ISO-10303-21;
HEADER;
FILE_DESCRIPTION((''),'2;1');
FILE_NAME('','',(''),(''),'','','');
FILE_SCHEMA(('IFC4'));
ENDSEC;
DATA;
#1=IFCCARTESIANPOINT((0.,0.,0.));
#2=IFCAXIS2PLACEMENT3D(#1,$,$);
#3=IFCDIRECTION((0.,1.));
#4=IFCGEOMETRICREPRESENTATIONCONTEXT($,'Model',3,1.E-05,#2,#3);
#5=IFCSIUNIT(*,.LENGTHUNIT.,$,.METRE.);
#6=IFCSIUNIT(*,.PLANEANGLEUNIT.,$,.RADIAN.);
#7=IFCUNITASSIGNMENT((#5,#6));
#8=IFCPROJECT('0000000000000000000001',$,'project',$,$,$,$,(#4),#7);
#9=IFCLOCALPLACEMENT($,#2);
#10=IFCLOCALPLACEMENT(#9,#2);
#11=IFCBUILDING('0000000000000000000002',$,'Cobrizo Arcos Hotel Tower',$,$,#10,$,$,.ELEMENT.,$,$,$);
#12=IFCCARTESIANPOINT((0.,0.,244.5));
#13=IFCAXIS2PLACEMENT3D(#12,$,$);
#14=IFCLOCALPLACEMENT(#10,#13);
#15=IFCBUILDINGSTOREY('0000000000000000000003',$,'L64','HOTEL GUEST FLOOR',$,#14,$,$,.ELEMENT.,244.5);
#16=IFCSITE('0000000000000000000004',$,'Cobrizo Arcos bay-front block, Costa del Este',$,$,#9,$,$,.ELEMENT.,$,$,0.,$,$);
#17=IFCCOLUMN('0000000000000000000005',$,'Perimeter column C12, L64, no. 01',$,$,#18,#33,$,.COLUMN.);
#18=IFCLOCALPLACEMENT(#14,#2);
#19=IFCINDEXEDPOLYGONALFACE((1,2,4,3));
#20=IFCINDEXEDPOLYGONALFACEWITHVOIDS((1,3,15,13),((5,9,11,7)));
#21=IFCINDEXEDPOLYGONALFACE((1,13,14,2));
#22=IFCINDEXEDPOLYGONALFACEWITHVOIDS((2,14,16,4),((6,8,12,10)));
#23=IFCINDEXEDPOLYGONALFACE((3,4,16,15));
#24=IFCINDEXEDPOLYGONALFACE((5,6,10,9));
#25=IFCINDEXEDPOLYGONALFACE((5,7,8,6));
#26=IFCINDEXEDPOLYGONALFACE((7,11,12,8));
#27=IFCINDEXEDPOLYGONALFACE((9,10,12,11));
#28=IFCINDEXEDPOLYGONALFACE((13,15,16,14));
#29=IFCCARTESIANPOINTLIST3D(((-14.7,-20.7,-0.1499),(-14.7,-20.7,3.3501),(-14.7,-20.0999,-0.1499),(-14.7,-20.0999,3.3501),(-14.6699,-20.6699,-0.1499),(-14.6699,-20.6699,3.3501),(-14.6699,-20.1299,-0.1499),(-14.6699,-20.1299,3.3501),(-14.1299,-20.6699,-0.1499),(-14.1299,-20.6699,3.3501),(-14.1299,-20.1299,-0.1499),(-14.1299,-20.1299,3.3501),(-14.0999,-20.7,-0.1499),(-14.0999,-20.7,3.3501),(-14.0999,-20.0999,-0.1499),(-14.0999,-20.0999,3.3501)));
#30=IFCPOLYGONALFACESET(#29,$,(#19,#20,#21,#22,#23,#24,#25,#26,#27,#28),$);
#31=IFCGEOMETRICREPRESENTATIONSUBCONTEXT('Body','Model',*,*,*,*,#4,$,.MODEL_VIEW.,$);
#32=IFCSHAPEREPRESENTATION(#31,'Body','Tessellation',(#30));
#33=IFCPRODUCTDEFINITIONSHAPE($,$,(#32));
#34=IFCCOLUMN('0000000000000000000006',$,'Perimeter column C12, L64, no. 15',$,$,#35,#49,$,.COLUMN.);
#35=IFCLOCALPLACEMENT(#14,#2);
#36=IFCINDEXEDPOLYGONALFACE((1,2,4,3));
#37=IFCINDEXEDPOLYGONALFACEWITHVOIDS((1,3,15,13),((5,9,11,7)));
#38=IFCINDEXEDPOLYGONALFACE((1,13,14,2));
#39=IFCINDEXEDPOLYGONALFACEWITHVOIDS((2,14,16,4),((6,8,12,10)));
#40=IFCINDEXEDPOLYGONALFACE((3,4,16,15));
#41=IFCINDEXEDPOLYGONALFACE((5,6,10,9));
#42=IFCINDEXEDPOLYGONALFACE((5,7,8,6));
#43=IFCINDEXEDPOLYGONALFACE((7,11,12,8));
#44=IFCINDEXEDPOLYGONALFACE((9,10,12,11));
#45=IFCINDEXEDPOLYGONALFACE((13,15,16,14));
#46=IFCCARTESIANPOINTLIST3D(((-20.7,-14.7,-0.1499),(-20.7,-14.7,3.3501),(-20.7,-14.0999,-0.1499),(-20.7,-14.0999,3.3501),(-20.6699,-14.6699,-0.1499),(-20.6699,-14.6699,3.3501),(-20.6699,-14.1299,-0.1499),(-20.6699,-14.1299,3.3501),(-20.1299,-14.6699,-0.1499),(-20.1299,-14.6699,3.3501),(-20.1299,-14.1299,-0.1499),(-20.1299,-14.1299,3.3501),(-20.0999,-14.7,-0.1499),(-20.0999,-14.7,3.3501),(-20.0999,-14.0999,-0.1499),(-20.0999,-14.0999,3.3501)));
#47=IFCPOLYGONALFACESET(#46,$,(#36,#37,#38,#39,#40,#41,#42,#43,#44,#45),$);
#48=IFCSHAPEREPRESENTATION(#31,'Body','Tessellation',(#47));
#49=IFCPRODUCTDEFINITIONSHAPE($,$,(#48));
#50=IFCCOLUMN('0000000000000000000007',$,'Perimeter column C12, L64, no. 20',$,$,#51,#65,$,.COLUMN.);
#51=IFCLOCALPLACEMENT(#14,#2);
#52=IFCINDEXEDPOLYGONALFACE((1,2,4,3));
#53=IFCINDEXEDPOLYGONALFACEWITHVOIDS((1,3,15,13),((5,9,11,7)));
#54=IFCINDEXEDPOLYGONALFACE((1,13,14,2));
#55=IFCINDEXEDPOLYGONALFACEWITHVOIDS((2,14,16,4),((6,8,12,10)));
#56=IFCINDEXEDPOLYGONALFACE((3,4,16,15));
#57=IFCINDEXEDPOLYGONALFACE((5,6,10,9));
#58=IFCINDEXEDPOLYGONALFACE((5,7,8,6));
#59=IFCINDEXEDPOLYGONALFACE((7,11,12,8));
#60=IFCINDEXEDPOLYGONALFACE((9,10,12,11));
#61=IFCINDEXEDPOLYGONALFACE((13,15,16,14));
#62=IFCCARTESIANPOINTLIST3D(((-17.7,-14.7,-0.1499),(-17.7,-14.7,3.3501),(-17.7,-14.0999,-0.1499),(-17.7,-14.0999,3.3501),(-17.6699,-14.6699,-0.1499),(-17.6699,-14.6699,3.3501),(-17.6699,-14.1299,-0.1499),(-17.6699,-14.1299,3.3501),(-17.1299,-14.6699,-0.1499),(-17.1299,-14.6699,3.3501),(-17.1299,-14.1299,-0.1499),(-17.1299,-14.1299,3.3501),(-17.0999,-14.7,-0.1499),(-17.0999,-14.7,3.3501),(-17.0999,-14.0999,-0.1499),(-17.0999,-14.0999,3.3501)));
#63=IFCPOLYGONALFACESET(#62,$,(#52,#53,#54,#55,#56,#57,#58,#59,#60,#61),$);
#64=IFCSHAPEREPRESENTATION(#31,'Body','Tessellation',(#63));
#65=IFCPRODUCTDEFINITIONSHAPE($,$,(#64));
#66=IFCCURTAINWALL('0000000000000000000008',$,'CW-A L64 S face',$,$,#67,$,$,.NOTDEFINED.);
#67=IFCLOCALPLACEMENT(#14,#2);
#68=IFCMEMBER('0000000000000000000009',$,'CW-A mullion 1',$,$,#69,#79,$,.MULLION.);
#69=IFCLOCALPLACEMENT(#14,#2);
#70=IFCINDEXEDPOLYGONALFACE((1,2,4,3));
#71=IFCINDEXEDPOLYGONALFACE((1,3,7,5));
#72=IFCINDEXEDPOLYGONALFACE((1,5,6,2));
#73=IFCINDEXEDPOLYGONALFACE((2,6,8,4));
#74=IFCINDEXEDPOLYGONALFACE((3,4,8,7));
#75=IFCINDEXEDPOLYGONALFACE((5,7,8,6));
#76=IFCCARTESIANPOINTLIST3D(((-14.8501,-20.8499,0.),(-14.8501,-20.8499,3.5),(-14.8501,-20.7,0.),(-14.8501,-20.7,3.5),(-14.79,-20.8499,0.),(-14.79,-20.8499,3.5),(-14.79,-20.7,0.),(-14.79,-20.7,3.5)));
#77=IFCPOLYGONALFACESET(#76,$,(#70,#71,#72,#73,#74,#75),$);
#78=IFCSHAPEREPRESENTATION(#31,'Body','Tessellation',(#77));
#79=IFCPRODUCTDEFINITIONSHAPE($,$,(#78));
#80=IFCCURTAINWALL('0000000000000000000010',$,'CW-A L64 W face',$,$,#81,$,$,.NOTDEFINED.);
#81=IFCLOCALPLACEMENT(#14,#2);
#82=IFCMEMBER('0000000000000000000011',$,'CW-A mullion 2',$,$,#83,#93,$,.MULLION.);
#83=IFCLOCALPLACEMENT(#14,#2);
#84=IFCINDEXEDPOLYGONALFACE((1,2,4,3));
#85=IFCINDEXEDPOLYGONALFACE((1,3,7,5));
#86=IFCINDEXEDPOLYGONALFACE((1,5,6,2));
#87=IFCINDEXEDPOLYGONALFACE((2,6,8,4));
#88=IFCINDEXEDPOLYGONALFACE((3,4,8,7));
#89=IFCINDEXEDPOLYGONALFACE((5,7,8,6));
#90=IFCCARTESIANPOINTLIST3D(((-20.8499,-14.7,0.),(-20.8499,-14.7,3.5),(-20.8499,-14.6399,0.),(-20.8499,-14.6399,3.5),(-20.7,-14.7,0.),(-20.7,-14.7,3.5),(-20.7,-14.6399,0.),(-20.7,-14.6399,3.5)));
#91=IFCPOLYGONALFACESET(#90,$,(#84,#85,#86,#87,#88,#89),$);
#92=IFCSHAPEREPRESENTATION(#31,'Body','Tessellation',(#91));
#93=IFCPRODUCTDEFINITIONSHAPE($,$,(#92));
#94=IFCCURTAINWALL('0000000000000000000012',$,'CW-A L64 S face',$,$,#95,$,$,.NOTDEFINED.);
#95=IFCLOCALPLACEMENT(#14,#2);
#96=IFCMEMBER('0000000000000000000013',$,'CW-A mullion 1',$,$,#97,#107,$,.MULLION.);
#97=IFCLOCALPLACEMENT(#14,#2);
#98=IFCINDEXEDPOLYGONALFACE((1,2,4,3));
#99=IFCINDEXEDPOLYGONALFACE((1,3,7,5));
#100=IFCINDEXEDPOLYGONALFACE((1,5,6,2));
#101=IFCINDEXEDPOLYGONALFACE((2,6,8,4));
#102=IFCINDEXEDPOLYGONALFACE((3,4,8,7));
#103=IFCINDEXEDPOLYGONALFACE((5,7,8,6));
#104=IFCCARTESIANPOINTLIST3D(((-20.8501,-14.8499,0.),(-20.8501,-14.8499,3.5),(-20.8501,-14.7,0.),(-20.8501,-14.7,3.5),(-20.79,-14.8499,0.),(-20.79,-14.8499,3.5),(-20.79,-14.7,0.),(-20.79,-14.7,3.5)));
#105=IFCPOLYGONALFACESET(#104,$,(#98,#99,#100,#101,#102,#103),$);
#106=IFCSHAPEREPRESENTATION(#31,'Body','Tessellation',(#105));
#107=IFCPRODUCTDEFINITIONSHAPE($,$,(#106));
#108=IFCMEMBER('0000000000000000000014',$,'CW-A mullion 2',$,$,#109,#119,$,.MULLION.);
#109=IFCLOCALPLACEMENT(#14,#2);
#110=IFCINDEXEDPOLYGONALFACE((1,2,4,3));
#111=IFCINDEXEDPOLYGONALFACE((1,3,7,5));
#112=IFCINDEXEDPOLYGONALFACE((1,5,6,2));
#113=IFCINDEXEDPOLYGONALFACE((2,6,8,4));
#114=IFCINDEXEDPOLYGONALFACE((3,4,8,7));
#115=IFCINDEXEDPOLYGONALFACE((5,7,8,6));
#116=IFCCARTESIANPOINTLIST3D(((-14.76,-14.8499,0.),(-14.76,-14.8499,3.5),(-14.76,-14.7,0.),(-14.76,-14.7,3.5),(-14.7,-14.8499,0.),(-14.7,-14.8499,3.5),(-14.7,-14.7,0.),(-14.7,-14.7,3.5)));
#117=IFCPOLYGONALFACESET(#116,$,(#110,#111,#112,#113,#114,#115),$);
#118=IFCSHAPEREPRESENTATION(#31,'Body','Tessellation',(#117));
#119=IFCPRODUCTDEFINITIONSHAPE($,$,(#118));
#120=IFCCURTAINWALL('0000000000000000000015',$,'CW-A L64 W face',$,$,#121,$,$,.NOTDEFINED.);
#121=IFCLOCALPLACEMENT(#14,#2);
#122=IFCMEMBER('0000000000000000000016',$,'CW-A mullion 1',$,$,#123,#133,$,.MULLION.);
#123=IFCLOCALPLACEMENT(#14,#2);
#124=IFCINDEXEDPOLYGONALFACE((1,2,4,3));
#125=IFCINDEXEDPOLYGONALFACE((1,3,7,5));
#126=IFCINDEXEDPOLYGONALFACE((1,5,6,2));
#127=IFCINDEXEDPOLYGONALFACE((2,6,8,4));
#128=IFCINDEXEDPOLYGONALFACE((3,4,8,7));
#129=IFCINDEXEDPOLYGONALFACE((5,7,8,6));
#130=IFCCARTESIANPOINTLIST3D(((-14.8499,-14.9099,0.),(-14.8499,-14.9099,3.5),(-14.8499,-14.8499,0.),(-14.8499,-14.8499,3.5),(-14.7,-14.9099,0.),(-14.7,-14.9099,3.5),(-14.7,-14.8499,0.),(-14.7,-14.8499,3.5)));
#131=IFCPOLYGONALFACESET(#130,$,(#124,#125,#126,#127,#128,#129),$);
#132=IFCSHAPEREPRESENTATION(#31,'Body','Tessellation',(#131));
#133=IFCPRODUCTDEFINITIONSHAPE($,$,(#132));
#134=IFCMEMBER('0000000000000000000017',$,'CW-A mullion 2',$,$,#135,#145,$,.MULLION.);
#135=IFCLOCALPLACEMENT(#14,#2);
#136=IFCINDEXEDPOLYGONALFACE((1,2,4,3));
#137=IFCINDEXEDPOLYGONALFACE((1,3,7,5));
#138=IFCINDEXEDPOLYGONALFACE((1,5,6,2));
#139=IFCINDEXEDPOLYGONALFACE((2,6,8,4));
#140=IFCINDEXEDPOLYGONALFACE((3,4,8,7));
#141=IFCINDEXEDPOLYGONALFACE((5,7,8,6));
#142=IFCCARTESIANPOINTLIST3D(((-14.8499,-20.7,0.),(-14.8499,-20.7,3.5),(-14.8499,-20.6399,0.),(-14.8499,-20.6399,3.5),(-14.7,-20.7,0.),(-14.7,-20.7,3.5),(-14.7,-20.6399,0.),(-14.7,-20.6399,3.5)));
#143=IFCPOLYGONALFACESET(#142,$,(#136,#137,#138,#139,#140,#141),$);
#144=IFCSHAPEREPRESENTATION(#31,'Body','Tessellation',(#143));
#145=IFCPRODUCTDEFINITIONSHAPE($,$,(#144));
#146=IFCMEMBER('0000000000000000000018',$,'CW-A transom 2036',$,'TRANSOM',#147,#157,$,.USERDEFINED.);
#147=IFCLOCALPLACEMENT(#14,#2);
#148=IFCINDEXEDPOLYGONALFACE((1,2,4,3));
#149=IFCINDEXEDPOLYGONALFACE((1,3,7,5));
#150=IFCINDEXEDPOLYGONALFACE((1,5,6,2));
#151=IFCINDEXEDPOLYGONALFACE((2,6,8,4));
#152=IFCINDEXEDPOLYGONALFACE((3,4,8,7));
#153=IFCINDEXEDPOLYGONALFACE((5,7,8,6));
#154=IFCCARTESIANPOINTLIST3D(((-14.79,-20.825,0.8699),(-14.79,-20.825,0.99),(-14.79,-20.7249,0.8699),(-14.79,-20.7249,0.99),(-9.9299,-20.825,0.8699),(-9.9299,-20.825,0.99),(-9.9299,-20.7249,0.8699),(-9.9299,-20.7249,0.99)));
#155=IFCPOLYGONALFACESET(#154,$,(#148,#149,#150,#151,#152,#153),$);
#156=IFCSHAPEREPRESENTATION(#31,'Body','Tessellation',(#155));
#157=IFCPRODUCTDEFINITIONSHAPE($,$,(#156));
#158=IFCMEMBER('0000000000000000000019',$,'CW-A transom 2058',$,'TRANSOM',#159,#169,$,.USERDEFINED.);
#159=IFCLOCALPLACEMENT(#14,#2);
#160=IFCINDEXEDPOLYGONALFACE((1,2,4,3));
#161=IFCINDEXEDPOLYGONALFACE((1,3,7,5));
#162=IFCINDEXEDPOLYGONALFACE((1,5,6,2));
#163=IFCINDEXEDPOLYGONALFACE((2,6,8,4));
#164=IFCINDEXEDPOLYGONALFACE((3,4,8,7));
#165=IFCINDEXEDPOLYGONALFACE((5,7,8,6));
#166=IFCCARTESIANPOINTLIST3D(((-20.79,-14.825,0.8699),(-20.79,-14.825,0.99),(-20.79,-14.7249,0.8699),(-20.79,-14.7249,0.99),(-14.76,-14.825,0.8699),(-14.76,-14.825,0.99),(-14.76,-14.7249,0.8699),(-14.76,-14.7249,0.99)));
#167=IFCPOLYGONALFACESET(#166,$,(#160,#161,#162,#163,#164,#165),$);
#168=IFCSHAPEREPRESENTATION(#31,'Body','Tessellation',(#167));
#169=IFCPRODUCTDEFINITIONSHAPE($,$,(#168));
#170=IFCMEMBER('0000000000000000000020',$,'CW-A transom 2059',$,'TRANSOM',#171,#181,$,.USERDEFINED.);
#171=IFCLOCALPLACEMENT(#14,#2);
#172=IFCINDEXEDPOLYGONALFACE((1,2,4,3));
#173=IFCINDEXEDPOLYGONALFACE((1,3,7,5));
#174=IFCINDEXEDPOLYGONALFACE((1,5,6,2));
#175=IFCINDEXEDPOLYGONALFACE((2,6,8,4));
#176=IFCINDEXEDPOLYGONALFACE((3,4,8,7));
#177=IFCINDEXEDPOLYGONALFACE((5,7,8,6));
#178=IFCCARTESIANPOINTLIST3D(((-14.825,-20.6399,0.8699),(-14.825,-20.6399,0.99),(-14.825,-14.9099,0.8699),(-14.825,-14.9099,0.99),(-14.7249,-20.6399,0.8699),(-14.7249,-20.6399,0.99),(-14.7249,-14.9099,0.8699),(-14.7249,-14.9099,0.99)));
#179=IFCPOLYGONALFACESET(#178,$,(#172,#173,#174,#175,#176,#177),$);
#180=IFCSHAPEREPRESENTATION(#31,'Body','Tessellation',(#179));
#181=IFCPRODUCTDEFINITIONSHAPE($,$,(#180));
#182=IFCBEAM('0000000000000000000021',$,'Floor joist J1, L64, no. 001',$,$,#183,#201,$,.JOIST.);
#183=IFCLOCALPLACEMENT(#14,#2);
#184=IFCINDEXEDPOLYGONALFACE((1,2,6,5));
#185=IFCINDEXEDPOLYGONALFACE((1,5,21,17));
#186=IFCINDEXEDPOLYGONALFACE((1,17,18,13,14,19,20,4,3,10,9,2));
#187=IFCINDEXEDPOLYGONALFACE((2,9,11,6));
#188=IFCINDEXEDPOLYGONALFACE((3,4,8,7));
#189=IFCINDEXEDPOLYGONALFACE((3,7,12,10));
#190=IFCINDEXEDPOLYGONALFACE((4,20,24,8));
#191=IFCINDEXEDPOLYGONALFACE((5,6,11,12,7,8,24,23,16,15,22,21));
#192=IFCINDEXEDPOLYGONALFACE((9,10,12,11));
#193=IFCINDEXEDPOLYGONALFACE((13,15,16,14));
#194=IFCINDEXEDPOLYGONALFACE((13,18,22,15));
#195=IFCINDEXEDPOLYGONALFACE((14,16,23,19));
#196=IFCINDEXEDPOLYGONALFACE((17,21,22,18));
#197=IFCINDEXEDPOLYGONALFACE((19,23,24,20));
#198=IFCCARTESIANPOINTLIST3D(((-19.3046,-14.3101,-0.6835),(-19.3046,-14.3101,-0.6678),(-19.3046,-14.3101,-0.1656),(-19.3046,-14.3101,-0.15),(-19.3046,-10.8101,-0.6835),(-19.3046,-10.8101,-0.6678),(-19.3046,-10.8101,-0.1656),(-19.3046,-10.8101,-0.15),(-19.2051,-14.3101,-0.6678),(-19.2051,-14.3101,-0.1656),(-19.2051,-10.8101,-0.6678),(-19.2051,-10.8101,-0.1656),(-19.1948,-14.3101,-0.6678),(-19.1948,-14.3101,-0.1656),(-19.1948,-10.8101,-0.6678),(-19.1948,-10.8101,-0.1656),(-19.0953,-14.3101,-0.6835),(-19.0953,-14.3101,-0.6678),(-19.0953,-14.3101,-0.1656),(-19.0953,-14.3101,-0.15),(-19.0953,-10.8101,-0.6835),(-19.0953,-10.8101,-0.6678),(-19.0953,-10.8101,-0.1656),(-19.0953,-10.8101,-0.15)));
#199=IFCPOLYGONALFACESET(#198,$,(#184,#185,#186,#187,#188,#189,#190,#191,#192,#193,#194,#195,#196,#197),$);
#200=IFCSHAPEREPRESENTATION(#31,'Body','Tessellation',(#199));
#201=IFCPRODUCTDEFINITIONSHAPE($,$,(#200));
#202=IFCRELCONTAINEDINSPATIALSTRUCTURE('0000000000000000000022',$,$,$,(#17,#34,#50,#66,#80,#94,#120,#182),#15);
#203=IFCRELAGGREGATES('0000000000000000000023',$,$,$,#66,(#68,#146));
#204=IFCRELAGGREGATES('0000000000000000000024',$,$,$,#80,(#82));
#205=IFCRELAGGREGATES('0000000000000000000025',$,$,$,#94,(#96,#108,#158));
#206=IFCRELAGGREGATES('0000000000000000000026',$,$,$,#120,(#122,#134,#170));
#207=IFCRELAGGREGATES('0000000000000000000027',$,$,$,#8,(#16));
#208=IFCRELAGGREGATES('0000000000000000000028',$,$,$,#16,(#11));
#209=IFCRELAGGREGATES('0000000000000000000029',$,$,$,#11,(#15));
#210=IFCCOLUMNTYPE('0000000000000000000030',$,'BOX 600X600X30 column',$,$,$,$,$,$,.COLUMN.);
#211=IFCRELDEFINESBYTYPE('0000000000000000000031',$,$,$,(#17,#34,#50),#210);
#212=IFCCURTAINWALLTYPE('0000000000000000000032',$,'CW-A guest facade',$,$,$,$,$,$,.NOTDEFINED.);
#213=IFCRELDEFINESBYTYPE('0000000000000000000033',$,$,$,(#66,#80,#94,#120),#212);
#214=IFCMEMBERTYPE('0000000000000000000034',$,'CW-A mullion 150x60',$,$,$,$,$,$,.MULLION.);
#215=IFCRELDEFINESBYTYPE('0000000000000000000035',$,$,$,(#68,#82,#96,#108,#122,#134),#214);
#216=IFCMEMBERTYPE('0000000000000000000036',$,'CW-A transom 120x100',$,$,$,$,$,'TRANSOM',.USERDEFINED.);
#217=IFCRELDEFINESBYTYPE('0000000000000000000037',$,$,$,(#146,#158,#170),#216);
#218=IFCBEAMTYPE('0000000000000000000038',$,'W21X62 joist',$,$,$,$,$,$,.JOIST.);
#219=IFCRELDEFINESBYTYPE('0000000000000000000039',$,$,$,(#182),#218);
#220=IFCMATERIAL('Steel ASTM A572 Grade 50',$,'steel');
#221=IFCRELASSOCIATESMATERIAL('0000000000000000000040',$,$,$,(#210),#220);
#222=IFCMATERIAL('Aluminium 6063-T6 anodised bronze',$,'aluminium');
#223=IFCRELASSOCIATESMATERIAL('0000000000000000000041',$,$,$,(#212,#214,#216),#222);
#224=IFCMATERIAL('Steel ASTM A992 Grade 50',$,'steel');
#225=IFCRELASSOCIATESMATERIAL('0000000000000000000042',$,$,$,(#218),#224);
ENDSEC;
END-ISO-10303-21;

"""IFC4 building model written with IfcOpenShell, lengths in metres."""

from ifc_helpers import new_model, si_unit, direction, frame, origin, origin_2d, place, context, subcontext, project, spatial, rectangle, hollow_rectangle, i_section, extrude, material, material_profile, profile_set, type_object, element, aggregate, save


model = new_model("IFC4")

# Units and contexts
model_context = context("Model", 3, precision=1e-05, world=origin(), true_north=direction((0.0, 1.0)))
body_context = subcontext(model_context, "Body", "Model", "MODEL_VIEW")
ifc_project = project(units=[si_unit("LENGTHUNIT", "METRE"), si_unit("PLANEANGLEUNIT", "RADIAN")], contexts=[model_context])

# Site, building, storey
site_placement = place(None, origin())
site = spatial("IfcSite", under=ifc_project, at=site_placement, Name="Cobrizo Arcos bay-front block, Costa del Este", CompositionType="ELEMENT", RefElevation=0.0)
building_placement = place(site_placement, origin())
building = spatial("IfcBuilding", under=site, at=building_placement, Name="Cobrizo Arcos Hotel Tower", CompositionType="ELEMENT")
storey_placement = place(building_placement, frame((0.0, 0.0, 244.5)))
storey = spatial("IfcBuildingStorey", under=building, at=storey_placement, Name="L64", Description="HOTEL GUEST FLOOR", CompositionType="ELEMENT", Elevation=244.5)

# Columns
ifc_material_1 = material(Name="Steel ASTM A572 Grade 50", Category="steel")
ifc_material_profile_1 = material_profile(ifc_material_1, hollow_rectangle(XDim=0.6001, YDim=0.6001, WallThickness=0.03, at=origin_2d()), Name="BOX 600X600X30")
ifc_profile_set_1 = profile_set([ifc_material_profile_1], Name="Steel ASTM A572 Grade 50")
column_type = type_object("IfcColumnType", Name="BOX 600X600X30 column", PredefinedType="COLUMN", material=ifc_profile_set_1)
for number, where, z_axis, x_axis, name in (
    (1, (-14.3999, -20.3999, -0.1499), (0.0, 0.0, 1.0), (1.0, 0.0, 0.0), "Perimeter column C12, L64, no. 01"),
    (2, (-20.3999, -14.3999, -0.1499), (0.0, 0.0, 1.0), (1.0, 0.0, 0.0), "Perimeter column C12, L64, no. 15"),
    (3, (-17.3999, -14.3999, -0.1499), (0.0, 0.0, 1.0), (1.0, 0.0, 0.0), "Perimeter column C12, L64, no. 20"),
):
    element("IfcColumn", number, at=place(storey_placement, frame(where, z_axis=z_axis, x_axis=x_axis)), inside=storey, type_object=column_type, Name=name, PredefinedType="COLUMN", context=body_context, shape_type="SweptSolid", body=[
        extrude(hollow_rectangle(XDim=0.6001, YDim=0.6001, WallThickness=0.03, at=origin_2d()), origin(), (0.0, 0.0, 1.0), 3.5),
    ])

# Curtain walls, members
ifc_material_2 = material(Name="Aluminium 6063-T6 anodised bronze", Category="aluminium")
curtain_wall_type = type_object("IfcCurtainWallType", Name="CW-A guest facade", PredefinedType="NOTDEFINED", material=ifc_material_2)
curtain_wall_1_placement = place(storey_placement, origin())
curtain_wall_1 = element("IfcCurtainWall", 4, at=curtain_wall_1_placement, inside=storey, type_object=curtain_wall_type, Name="CW-A L64 S face", PredefinedType="NOTDEFINED")
ifc_material_profile_2 = material_profile(ifc_material_2, rectangle(XDim=0.1499, YDim=0.0601, at=origin_2d()), Name="CW-A mullion 150x60")
ifc_profile_set_2 = profile_set([ifc_material_profile_2], Name="Aluminium 6063-T6 anodised bronze")
member_type_1 = type_object("IfcMemberType", Name="CW-A mullion 150x60", PredefinedType="MULLION", material=ifc_profile_set_2)
member_1_placement = place(storey_placement, frame((-14.8201, -20.7749, 0.0), z_axis=(0.0, 0.0, 1.0), x_axis=(0.0, -1.0, 0.0)))
member_1 = element("IfcMember", 5, at=member_1_placement, type_object=member_type_1, Name="CW-A mullion 1", PredefinedType="MULLION", context=body_context, shape_type="SweptSolid", body=[
    extrude(rectangle(XDim=0.1499, YDim=0.0601, at=origin_2d()), origin(), (0.0, 0.0, 1.0), 3.5),
])
curtain_wall_2_placement = place(storey_placement, origin())
curtain_wall_2 = element("IfcCurtainWall", 6, at=curtain_wall_2_placement, inside=storey, type_object=curtain_wall_type, Name="CW-A L64 W face", PredefinedType="NOTDEFINED")
member_2_placement = place(storey_placement, frame((-20.7749, -14.6699, 0.0), z_axis=(0.0, 0.0, 1.0), x_axis=(-1.0, 0.0, 0.0)))
member_2 = element("IfcMember", 7, at=member_2_placement, type_object=member_type_1, Name="CW-A mullion 2", PredefinedType="MULLION", context=body_context, shape_type="SweptSolid", body=[
    extrude(rectangle(XDim=0.1499, YDim=0.0601, at=origin_2d()), origin(), (0.0, 0.0, 1.0), 3.5),
])

# Curtain walls, members
curtain_wall_3_placement = place(storey_placement, origin())
curtain_wall_3 = element("IfcCurtainWall", 8, at=curtain_wall_3_placement, inside=storey, type_object=curtain_wall_type, Name="CW-A L64 S face", PredefinedType="NOTDEFINED")
member_3_placement = place(storey_placement, frame((-20.8201, -14.7749, 0.0), z_axis=(0.0, 0.0, 1.0), x_axis=(0.0, -1.0, 0.0)))
member_3 = element("IfcMember", 9, at=member_3_placement, type_object=member_type_1, Name="CW-A mullion 1", PredefinedType="MULLION", context=body_context, shape_type="SweptSolid", body=[
    extrude(rectangle(XDim=0.1499, YDim=0.0601, at=origin_2d()), origin(), (0.0, 0.0, 1.0), 3.5),
])
member_4_placement = place(storey_placement, frame((-14.73, -14.7749, 0.0), z_axis=(0.0, 0.0, 1.0), x_axis=(0.0, -1.0, 0.0)))
member_4 = element("IfcMember", 10, at=member_4_placement, type_object=member_type_1, Name="CW-A mullion 2", PredefinedType="MULLION", context=body_context, shape_type="SweptSolid", body=[
    extrude(rectangle(XDim=0.1499, YDim=0.0601, at=origin_2d()), origin(), (0.0, 0.0, 1.0), 3.5),
])
curtain_wall_4_placement = place(storey_placement, origin())
curtain_wall_4 = element("IfcCurtainWall", 11, at=curtain_wall_4_placement, inside=storey, type_object=curtain_wall_type, Name="CW-A L64 W face", PredefinedType="NOTDEFINED")
member_5_placement = place(storey_placement, frame((-14.7749, -14.8799, 0.0), z_axis=(0.0, 0.0, 1.0), x_axis=(-1.0, 0.0, 0.0)))
member_5 = element("IfcMember", 12, at=member_5_placement, type_object=member_type_1, Name="CW-A mullion 1", PredefinedType="MULLION", context=body_context, shape_type="SweptSolid", body=[
    extrude(rectangle(XDim=0.1499, YDim=0.0601, at=origin_2d()), origin(), (0.0, 0.0, 1.0), 3.5),
])
member_6_placement = place(storey_placement, frame((-14.7749, -20.6699, 0.0), z_axis=(0.0, 0.0, 1.0), x_axis=(-1.0, 0.0, 0.0)))
member_6 = element("IfcMember", 13, at=member_6_placement, type_object=member_type_1, Name="CW-A mullion 2", PredefinedType="MULLION", context=body_context, shape_type="SweptSolid", body=[
    extrude(rectangle(XDim=0.1499, YDim=0.0601, at=origin_2d()), origin(), (0.0, 0.0, 1.0), 3.5),
])

# Members
ifc_material_profile_3 = material_profile(ifc_material_2, rectangle(XDim=0.1001, YDim=0.1201, at=origin_2d()), Name="CW-A transom 120x100")
ifc_profile_set_3 = profile_set([ifc_material_profile_3], Name="Aluminium 6063-T6 anodised bronze")
member_type_2 = type_object("IfcMemberType", Name="CW-A transom 120x100", ElementType="TRANSOM", PredefinedType="USERDEFINED", material=ifc_profile_set_3)
member_7_placement = place(storey_placement, frame((-14.79, -20.7749, 0.9299), z_axis=(1.0, 0.0, 0.0), x_axis=(0.0, 1.0, 0.0)))
member_7 = element("IfcMember", 14, at=member_7_placement, type_object=member_type_2, Name="CW-A transom 2036", ObjectType="TRANSOM", PredefinedType="USERDEFINED", context=body_context, shape_type="SweptSolid", body=[
    extrude(rectangle(XDim=0.1001, YDim=0.1201, at=origin_2d()), origin(), (0.0, 0.0, 1.0), 4.8601),
])
aggregate(curtain_wall_1, [member_1, member_7])
member_8_placement = place(storey_placement, frame((-20.79, -14.7749, 0.9299), z_axis=(1.0, 0.0, 0.0), x_axis=(0.0, 1.0, 0.0)))
member_8 = element("IfcMember", 15, at=member_8_placement, type_object=member_type_2, Name="CW-A transom 2058", ObjectType="TRANSOM", PredefinedType="USERDEFINED", context=body_context, shape_type="SweptSolid", body=[
    extrude(rectangle(XDim=0.1001, YDim=0.1201, at=origin_2d()), origin(), (0.0, 0.0, 1.0), 6.03),
])
member_9_placement = place(storey_placement, frame((-14.7749, -14.9099, 0.9299), z_axis=(0.0, -1.0, 0.0), x_axis=(1.0, 0.0, 0.0)))
member_9 = element("IfcMember", 16, at=member_9_placement, type_object=member_type_2, Name="CW-A transom 2059", ObjectType="TRANSOM", PredefinedType="USERDEFINED", context=body_context, shape_type="SweptSolid", body=[
    extrude(rectangle(XDim=0.1001, YDim=0.1201, at=origin_2d()), origin(), (0.0, 0.0, 1.0), 5.73),
])

# Beam
ifc_material_3 = material(Name="Steel ASTM A992 Grade 50", Category="steel")
ifc_material_profile_4 = material_profile(ifc_material_3, i_section(OverallWidth=0.2092, OverallDepth=0.5334, WebThickness=0.0103, FlangeThickness=0.0156, at=origin_2d()), Name="W21X62")
ifc_profile_set_4 = profile_set([ifc_material_profile_4], Name="Steel ASTM A992 Grade 50")
beam_type_1 = type_object("IfcBeamType", Name="W21X62 joist", PredefinedType="JOIST", material=ifc_profile_set_4)
beam_placement = place(storey_placement, frame((-19.2, -14.3101, -0.4167), z_axis=(0.0, 1.0, 0.0), x_axis=(-1.0, 0.0, 0.0)))
element("IfcBeam", 17, at=beam_placement, inside=storey, type_object=beam_type_1, Name="Floor joist J1, L64, no. 001", PredefinedType="JOIST", context=body_context, shape_type="SweptSolid", body=[
    extrude(i_section(OverallWidth=0.2092, OverallDepth=0.5334, WebThickness=0.0103, FlangeThickness=0.0156, at=origin_2d()), origin(), (0.0, 0.0, 1.0), 3.5),
])

aggregate(curtain_wall_2, [member_2])
aggregate(curtain_wall_3, [member_3, member_4, member_8])
aggregate(curtain_wall_4, [member_5, member_6, member_9])

save(model, "model.ifc")
